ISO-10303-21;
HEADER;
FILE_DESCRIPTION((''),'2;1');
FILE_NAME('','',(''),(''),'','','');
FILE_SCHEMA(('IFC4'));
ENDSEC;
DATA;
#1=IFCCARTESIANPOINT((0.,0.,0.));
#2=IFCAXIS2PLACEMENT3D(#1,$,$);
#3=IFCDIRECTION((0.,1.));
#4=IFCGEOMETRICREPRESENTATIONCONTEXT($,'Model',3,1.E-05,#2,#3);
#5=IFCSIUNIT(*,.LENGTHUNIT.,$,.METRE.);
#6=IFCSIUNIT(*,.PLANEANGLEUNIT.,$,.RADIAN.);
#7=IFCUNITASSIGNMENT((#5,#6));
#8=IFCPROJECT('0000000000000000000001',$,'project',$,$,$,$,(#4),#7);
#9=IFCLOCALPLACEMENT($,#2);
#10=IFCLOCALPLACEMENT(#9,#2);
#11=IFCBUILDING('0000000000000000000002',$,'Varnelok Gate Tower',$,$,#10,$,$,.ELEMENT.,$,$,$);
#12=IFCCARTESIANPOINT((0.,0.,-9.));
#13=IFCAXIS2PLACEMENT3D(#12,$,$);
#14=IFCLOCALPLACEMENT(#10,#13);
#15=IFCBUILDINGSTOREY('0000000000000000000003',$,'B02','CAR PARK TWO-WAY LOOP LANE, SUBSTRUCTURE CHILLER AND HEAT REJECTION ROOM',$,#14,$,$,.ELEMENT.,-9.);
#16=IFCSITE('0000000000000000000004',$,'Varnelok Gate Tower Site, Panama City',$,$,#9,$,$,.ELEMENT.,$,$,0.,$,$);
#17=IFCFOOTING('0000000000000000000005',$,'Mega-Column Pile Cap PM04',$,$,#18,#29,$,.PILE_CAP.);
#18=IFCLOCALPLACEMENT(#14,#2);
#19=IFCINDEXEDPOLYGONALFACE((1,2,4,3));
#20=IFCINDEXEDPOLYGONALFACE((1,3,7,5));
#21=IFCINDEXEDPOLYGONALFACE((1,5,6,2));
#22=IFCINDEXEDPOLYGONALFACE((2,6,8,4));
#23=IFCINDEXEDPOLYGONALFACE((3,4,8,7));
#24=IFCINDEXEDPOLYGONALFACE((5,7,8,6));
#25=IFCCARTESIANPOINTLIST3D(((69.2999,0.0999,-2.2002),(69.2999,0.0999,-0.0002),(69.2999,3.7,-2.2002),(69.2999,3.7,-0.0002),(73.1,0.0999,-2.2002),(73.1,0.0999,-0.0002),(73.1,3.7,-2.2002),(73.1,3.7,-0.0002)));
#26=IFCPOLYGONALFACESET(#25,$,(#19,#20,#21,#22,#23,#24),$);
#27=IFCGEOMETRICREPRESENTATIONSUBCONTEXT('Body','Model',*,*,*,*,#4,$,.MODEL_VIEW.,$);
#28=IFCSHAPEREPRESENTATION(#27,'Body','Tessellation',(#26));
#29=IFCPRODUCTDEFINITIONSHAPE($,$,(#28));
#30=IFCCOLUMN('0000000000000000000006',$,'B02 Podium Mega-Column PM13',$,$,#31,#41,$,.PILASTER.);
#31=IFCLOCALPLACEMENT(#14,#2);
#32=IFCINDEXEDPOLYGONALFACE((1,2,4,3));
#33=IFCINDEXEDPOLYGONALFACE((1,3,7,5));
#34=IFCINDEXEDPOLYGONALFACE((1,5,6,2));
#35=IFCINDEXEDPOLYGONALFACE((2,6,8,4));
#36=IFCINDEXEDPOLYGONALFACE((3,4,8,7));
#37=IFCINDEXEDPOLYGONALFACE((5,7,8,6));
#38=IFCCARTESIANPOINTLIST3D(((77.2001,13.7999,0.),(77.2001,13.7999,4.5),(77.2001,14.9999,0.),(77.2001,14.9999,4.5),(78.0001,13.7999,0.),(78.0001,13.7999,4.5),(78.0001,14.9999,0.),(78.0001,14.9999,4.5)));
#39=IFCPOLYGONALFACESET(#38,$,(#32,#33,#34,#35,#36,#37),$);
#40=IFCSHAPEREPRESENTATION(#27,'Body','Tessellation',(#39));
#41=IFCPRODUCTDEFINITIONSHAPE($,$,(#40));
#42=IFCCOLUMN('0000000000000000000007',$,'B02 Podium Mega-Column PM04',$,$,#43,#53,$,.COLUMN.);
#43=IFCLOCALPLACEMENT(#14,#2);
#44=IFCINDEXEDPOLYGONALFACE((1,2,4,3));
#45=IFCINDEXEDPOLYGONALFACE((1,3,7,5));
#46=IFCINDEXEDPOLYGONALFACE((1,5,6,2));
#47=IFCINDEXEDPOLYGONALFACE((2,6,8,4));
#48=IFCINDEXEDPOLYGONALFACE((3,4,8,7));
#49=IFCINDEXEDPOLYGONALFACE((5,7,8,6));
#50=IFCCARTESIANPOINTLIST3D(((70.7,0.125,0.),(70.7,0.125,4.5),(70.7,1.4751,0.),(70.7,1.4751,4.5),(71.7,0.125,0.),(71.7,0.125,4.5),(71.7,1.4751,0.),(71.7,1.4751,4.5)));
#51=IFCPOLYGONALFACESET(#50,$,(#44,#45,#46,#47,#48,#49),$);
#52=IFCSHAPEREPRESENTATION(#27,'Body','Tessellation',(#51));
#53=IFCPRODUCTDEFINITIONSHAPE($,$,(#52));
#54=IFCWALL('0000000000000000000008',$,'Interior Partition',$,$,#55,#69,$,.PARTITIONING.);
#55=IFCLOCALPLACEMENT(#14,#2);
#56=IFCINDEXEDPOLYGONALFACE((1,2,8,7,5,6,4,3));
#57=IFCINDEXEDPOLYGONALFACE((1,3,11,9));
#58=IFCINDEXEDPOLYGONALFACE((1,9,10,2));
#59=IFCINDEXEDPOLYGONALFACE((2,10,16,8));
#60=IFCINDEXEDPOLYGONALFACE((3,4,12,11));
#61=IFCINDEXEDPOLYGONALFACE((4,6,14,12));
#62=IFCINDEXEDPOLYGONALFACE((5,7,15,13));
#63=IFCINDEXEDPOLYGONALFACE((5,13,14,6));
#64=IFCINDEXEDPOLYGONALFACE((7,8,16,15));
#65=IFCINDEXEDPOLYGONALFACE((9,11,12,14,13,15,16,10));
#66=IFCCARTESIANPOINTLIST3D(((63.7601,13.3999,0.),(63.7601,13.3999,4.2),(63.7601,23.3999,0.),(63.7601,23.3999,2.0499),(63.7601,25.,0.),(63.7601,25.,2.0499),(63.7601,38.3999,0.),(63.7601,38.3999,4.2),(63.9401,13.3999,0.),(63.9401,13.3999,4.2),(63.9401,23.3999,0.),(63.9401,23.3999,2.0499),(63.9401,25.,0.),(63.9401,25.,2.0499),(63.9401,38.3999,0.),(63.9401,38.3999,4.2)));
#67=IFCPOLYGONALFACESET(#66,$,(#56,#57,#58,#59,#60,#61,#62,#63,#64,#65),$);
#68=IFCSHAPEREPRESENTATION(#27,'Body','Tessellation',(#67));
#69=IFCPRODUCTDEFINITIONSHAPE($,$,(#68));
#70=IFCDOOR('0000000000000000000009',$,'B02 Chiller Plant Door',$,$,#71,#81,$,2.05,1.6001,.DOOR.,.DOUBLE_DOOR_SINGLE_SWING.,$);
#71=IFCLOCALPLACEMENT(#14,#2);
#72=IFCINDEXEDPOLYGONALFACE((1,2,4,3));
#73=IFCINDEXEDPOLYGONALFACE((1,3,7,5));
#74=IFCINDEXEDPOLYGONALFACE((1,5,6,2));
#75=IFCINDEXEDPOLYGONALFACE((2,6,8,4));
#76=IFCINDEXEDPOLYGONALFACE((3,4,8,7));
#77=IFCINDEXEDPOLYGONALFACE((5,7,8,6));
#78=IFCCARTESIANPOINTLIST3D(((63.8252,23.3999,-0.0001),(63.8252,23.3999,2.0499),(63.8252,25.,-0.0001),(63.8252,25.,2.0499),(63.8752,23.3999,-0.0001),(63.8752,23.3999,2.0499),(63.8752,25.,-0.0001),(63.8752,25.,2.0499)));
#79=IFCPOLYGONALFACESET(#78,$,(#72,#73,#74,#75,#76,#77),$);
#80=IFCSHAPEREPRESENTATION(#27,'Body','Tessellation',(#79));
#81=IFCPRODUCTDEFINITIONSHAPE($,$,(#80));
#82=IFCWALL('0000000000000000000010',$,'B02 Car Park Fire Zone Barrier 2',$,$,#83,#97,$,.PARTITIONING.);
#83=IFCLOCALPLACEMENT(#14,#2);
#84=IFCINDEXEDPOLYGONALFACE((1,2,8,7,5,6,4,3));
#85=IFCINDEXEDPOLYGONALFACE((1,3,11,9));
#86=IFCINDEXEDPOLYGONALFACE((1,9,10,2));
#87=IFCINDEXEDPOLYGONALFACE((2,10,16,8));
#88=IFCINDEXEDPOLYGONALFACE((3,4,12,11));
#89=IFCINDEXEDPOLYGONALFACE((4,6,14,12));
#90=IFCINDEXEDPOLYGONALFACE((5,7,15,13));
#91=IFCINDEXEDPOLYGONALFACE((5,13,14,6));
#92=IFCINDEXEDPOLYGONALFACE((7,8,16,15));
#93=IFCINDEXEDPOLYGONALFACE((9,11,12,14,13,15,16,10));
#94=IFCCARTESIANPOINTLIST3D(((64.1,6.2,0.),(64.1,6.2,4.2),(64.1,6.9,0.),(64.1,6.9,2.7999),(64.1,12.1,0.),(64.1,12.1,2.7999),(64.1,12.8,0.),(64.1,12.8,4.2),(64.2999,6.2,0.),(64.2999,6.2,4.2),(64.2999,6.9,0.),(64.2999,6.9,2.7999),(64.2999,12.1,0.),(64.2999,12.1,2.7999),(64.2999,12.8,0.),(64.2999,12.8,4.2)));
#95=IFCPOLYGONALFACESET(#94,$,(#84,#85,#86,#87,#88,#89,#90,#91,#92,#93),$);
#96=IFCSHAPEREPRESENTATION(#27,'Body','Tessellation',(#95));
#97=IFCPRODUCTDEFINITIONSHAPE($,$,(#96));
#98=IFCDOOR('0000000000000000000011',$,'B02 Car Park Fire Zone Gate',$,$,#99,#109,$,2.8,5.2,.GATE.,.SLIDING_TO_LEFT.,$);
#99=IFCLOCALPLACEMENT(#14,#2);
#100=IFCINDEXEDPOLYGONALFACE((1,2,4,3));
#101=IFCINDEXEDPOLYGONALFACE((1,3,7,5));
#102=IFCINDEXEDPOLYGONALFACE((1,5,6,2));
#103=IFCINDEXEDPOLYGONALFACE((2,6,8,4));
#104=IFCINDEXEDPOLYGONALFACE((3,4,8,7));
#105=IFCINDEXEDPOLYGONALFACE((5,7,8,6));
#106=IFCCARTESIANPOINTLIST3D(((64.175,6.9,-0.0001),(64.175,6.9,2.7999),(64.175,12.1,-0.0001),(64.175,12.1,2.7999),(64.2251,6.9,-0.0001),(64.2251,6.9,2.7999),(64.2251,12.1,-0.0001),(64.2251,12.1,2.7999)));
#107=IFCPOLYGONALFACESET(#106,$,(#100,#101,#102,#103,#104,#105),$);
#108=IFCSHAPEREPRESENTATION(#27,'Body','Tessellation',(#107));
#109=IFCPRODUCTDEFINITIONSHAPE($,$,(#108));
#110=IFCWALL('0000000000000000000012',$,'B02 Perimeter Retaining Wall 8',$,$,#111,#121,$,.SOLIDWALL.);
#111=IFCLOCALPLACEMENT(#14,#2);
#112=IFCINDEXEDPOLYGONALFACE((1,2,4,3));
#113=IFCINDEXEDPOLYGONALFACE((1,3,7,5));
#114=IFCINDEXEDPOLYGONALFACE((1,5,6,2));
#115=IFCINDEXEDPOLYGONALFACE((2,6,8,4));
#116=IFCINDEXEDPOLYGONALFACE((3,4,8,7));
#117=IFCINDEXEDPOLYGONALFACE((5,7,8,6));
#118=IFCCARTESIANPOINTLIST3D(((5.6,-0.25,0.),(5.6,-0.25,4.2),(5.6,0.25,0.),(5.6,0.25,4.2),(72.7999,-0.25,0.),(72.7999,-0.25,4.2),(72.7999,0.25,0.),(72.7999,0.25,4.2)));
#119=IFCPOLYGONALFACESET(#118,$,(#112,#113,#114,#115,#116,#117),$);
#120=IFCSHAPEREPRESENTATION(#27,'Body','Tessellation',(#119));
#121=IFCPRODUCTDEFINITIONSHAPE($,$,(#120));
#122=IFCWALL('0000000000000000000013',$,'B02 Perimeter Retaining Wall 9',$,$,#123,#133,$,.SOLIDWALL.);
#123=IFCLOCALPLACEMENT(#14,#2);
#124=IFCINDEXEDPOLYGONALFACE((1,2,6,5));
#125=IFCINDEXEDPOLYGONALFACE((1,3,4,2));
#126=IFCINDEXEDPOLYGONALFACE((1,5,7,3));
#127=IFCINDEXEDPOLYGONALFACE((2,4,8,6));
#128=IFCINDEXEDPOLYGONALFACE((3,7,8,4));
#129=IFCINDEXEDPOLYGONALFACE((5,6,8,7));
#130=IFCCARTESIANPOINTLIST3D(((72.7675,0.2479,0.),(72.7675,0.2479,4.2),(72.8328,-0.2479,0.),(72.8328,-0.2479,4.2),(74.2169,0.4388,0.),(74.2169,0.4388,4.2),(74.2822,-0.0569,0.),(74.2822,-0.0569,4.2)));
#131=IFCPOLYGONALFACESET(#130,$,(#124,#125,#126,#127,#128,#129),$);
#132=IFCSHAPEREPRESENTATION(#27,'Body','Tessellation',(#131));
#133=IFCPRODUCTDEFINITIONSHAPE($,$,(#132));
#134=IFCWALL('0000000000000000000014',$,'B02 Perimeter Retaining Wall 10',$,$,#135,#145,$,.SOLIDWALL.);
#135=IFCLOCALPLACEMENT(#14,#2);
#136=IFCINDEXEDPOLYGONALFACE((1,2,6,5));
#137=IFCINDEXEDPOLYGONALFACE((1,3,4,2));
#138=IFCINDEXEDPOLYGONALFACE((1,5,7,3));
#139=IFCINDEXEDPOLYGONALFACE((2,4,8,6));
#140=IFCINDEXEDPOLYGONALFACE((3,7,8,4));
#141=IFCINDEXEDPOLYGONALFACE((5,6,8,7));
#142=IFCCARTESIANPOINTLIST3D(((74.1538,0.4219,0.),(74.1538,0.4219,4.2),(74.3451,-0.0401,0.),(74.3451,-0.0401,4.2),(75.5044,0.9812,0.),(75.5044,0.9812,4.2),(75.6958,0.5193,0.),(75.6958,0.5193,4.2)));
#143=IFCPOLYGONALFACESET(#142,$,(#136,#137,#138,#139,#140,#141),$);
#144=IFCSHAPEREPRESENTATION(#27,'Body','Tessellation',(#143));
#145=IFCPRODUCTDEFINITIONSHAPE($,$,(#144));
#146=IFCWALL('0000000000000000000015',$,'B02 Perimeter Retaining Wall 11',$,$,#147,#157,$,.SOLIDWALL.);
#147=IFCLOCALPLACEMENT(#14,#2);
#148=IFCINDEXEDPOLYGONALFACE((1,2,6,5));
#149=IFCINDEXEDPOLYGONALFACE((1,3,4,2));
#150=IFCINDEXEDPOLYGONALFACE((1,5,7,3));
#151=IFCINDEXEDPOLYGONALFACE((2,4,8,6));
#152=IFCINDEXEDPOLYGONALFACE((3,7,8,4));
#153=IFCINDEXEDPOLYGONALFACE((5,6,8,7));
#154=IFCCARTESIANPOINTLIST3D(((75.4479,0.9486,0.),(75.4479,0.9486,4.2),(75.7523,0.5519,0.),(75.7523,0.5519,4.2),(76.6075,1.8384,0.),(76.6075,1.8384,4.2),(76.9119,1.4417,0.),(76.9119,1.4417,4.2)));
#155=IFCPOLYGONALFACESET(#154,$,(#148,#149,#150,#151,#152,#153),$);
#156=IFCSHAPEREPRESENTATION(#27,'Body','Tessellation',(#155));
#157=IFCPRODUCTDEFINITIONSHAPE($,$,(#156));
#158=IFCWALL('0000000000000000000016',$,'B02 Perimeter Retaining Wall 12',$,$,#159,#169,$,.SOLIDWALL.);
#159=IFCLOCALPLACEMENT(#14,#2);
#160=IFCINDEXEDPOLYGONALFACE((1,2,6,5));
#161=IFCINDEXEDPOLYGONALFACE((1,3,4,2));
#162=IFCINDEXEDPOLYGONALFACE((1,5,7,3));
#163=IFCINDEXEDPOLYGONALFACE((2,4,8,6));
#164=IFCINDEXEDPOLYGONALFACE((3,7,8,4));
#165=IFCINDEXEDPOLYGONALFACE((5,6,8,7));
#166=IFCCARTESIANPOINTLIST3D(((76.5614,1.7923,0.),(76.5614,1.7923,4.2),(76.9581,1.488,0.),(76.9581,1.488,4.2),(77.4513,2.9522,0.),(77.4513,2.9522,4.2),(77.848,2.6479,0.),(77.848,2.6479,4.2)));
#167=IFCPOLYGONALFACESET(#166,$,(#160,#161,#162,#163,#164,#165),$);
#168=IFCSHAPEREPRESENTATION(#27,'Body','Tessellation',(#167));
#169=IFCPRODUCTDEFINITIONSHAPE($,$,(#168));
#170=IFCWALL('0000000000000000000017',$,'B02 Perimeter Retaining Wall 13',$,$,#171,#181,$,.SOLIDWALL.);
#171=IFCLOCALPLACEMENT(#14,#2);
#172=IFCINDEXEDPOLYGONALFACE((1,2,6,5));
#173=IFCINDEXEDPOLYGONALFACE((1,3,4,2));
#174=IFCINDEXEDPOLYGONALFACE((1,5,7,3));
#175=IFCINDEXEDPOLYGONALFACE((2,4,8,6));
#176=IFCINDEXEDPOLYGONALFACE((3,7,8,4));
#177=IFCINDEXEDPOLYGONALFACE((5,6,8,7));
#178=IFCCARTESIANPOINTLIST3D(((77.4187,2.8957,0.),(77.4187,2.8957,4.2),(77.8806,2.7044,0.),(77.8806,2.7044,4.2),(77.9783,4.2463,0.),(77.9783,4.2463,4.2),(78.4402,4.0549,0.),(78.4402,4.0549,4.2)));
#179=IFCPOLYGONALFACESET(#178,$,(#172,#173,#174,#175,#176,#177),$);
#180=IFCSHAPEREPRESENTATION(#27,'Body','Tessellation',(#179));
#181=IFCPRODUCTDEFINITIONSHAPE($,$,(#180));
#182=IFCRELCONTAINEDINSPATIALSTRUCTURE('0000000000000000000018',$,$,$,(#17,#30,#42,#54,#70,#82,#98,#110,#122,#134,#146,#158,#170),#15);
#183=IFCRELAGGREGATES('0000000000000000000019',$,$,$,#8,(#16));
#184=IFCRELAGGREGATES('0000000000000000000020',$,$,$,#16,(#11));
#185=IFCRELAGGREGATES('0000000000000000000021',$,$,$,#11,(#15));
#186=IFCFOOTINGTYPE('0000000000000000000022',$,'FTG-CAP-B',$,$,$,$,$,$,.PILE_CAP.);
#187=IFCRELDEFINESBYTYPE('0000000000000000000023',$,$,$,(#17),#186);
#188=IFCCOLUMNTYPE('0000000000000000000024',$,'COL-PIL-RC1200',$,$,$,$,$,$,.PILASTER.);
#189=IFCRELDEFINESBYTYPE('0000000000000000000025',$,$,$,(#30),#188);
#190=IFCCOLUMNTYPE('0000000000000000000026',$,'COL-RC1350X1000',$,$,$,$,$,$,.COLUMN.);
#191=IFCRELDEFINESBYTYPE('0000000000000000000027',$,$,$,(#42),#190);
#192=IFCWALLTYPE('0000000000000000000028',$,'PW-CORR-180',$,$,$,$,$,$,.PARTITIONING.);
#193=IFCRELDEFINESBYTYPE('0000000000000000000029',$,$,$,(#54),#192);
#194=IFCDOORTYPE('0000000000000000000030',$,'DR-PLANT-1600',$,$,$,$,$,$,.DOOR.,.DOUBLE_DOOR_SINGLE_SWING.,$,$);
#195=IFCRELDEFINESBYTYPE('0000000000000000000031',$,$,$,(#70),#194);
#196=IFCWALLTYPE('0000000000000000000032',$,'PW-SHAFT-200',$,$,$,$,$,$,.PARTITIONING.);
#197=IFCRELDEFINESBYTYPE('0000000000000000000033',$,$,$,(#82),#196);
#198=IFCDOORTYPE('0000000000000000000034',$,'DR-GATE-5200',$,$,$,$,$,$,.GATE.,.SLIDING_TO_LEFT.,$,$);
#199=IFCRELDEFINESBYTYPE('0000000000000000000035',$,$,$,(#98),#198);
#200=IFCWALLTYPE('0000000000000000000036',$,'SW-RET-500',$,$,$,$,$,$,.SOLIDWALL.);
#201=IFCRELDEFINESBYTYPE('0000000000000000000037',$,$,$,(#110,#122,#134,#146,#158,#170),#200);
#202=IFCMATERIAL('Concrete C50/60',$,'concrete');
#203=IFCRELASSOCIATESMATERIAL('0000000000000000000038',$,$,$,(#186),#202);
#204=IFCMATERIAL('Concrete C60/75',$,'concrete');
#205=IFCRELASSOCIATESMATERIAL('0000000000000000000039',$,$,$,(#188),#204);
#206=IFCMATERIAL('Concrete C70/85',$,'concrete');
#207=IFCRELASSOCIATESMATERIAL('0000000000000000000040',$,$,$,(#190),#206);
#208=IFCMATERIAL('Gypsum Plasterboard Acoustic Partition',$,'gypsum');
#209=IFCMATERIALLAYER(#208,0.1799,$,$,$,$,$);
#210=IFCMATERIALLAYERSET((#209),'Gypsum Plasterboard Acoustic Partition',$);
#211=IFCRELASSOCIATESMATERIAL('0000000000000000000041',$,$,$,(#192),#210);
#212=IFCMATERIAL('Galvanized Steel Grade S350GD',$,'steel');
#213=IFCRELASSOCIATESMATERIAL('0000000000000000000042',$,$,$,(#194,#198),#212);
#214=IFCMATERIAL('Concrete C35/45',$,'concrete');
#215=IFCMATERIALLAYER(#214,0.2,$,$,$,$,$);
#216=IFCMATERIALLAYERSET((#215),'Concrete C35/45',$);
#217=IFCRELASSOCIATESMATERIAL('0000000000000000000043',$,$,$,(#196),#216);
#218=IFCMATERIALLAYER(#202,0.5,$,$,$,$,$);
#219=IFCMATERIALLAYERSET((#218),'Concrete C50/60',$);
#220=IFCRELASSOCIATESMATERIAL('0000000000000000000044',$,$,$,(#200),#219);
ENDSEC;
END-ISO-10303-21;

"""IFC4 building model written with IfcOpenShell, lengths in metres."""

from ifc_helpers import new_model, si_unit, direction, frame, frame_2d, origin, origin_2d, place, context, subcontext, project, spatial, rectangle, extrude, source, transform, mapped, material, layer, layer_set, material_profile, profile_set, type_object, element, fill, save


model = new_model("IFC4")

# Units and contexts
model_context = context("Model", 3, precision=1e-05, world=origin(), true_north=direction((0.0, 1.0)))
body_context = subcontext(model_context, "Body", "Model", "MODEL_VIEW")
ifc_project = project(units=[si_unit("LENGTHUNIT", "METRE"), si_unit("PLANEANGLEUNIT", "RADIAN")], contexts=[model_context])

# Site, building, storey
site_placement = place(None, origin())
site = spatial("IfcSite", under=ifc_project, at=site_placement, Name="Varnelok Gate Tower Site, Panama City", CompositionType="ELEMENT", RefElevation=0.0)
building_placement = place(site_placement, origin())
building = spatial("IfcBuilding", under=site, at=building_placement, Name="Varnelok Gate Tower", CompositionType="ELEMENT")
storey_placement = place(building_placement, frame((0.0, 0.0, -9.0)))
storey = spatial("IfcBuildingStorey", under=building, at=storey_placement, Name="B02", Description="CAR PARK TWO-WAY LOOP LANE, SUBSTRUCTURE CHILLER AND HEAT REJECTION ROOM", CompositionType="ELEMENT", Elevation=-9.0)

# Shared definitions
ifc_material_1 = material(Name="Concrete C50/60", Category="concrete")

# Footing
footing_type_1 = type_object("IfcFootingType", Name="FTG-CAP-B", PredefinedType="PILE_CAP", material=ifc_material_1)
shared_shape_1 = source(origin(), body_context, "Body", "SweptSolid", [
    extrude(rectangle(XDim=3.8, YDim=3.6001, at=origin_2d()), origin(), (0.0, 0.0, 1.0), 2.2),
])
footing_1_placement = place(storey_placement, frame((71.2, 1.8999, -2.2002), z_axis=(0.0, 0.0, 1.0), x_axis=(1.0, 0.0, 0.0)))
element("IfcFooting", 1, at=footing_1_placement, inside=storey, type_object=footing_type_1, Name="Mega-Column Pile Cap PM04", PredefinedType="PILE_CAP", context=body_context, shape_type="MappedRepresentation", body=[
    mapped(shared_shape_1, transform((0.0, 0.0, 0.0), scale=1.0)),
])

# Columns
ifc_material_2 = material(Name="Concrete C60/75", Category="concrete")
ifc_material_profile_1 = material_profile(ifc_material_2, rectangle(XDim=0.8, YDim=1.2, at=origin_2d()), Name="RC1200X800")
ifc_profile_set_1 = profile_set([ifc_material_profile_1], Name="Concrete C60/75")
column_type_1 = type_object("IfcColumnType", Name="COL-PIL-RC1200", PredefinedType="PILASTER", material=ifc_profile_set_1)
column_1_placement = place(storey_placement, frame((77.6001, 14.3999, 0.0), z_axis=(0.0, 0.0, 1.0), x_axis=(1.0, 0.0, 0.0)))
element("IfcColumn", 2, at=column_1_placement, inside=storey, type_object=column_type_1, Name="B02 Podium Mega-Column PM13", PredefinedType="PILASTER", context=body_context, shape_type="SweptSolid", body=[
    extrude(rectangle(XDim=0.8, YDim=1.2, at=origin_2d()), origin(), (0.0, 0.0, 1.0), 4.5),
])
ifc_material_3 = material(Name="Concrete C70/85", Category="concrete")
ifc_material_profile_2 = material_profile(ifc_material_3, rectangle(XDim=1.0, YDim=1.3501, at=origin_2d()), Name="RC1350X1000")
ifc_profile_set_2 = profile_set([ifc_material_profile_2], Name="Concrete C70/85")
column_type_2 = type_object("IfcColumnType", Name="COL-RC1350X1000", PredefinedType="COLUMN", material=ifc_profile_set_2)
column_2_placement = place(storey_placement, frame((71.2, 0.8, 0.0), z_axis=(0.0, 0.0, 1.0), x_axis=(1.0, 0.0, 0.0)))
element("IfcColumn", 3, at=column_2_placement, inside=storey, type_object=column_type_2, Name="B02 Podium Mega-Column PM04", PredefinedType="COLUMN", context=body_context, shape_type="SweptSolid", body=[
    extrude(rectangle(XDim=1.0, YDim=1.3501, at=origin_2d()), origin(), (0.0, 0.0, 1.0), 4.5),
])

# Walls, openings, doors
ifc_material_4 = material(Name="Gypsum Plasterboard Acoustic Partition", Category="gypsum")
ifc_layer_1 = layer(ifc_material_4, 0.1799)
ifc_layer_set_1 = layer_set([ifc_layer_1], Name="Gypsum Plasterboard Acoustic Partition")
wall_type_1 = type_object("IfcWallType", Name="PW-CORR-180", PredefinedType="PARTITIONING", material=ifc_layer_set_1)
wall_1_placement = place(storey_placement, frame((63.8501, 13.3999, 0.0), z_axis=(0.0, 0.0, 1.0), x_axis=(0.0, 1.0, 0.0)))
wall_1 = element("IfcWall", 4, at=wall_1_placement, inside=storey, type_object=wall_type_1, Name="Interior Partition", PredefinedType="PARTITIONING", context=body_context, shape_type="SweptSolid", body=[
    extrude(rectangle(XDim=25.0, YDim=0.1799, at=frame_2d((12.5, 0.0))), origin(), (0.0, 0.0, 1.0), 4.2),
])
opening_1_placement = place(wall_1_placement, frame((10.0, 0.0, 0.0)))
opening_1 = element("IfcOpeningElement", 5, at=opening_1_placement, cuts=wall_1, PredefinedType="OPENING", context=body_context, shape_type="SweptSolid", body=[
    extrude(rectangle(XDim=1.6001, YDim=2.05, at=frame_2d((0.8, 1.0249))), frame((0.0, 0.0999, 0.0), z_axis=(0.0, -1.0, 0.0), x_axis=(1.0, 0.0, 0.0)), (0.0, 0.0, 1.0), 0.2),
])
ifc_material_5 = material(Name="Galvanized Steel Grade S350GD", Category="steel")
door_type_1 = type_object("IfcDoorType", Name="DR-PLANT-1600", OperationType="DOUBLE_DOOR_SINGLE_SWING", PredefinedType="DOOR", material=ifc_material_5)
door_1_placement = place(opening_1_placement, origin())
door_1 = element("IfcDoor", 6, at=door_1_placement, inside=storey, type_object=door_type_1, Name="B02 Chiller Plant Door", OperationType="DOUBLE_DOOR_SINGLE_SWING", OverallHeight=2.05, OverallWidth=1.6001, PredefinedType="DOOR", context=body_context, shape_type="SweptSolid", body=[
    extrude(rectangle(XDim=1.6001, YDim=2.05, at=frame_2d((0.8, 1.0249))), frame((0.0, 0.0249, 0.0), z_axis=(0.0, -1.0, 0.0), x_axis=(1.0, 0.0, 0.0)), (0.0, 0.0, 1.0), 0.05),
])
fill(opening_1, door_1)
ifc_material_6 = material(Name="Concrete C35/45", Category="concrete")
ifc_layer_2 = layer(ifc_material_6, 0.2)
ifc_layer_set_2 = layer_set([ifc_layer_2], Name="Concrete C35/45")
wall_type_2 = type_object("IfcWallType", Name="PW-SHAFT-200", PredefinedType="PARTITIONING", material=ifc_layer_set_2)
wall_2_placement = place(storey_placement, frame((64.2, 6.2, 0.0), z_axis=(0.0, 0.0, 1.0), x_axis=(0.0, 1.0, 0.0)))
wall_2 = element("IfcWall", 7, at=wall_2_placement, inside=storey, type_object=wall_type_2, Name="B02 Car Park Fire Zone Barrier 2", PredefinedType="PARTITIONING", context=body_context, shape_type="SweptSolid", body=[
    extrude(rectangle(XDim=6.6001, YDim=0.2, at=frame_2d((3.3, 0.0))), origin(), (0.0, 0.0, 1.0), 4.2),
])
opening_2_placement = place(wall_2_placement, frame((0.7, 0.0, 0.0)))
opening_2 = element("IfcOpeningElement", 8, at=opening_2_placement, cuts=wall_2, PredefinedType="OPENING", context=body_context, shape_type="SweptSolid", body=[
    extrude(rectangle(XDim=5.2, YDim=2.8, at=frame_2d((2.6001, 1.3999))), frame((0.0, 0.1099, 0.0), z_axis=(0.0, -1.0, 0.0), x_axis=(1.0, 0.0, 0.0)), (0.0, 0.0, 1.0), 0.22),
])
door_type_2 = type_object("IfcDoorType", Name="DR-GATE-5200", OperationType="SLIDING_TO_LEFT", PredefinedType="GATE", material=ifc_material_5)
door_2_placement = place(opening_2_placement, origin())
door_2 = element("IfcDoor", 9, at=door_2_placement, inside=storey, type_object=door_type_2, Name="B02 Car Park Fire Zone Gate", OperationType="SLIDING_TO_LEFT", OverallHeight=2.8, OverallWidth=5.2, PredefinedType="GATE", context=body_context, shape_type="SweptSolid", body=[
    extrude(rectangle(XDim=5.2, YDim=2.8, at=frame_2d((2.6001, 1.3999))), frame((0.0, 0.0249, 0.0), z_axis=(0.0, -1.0, 0.0), x_axis=(1.0, 0.0, 0.0)), (0.0, 0.0, 1.0), 0.05),
])
fill(opening_2, door_2)

# Walls
ifc_layer_3 = layer(ifc_material_1, 0.5)
ifc_layer_set_3 = layer_set([ifc_layer_3], Name="Concrete C50/60")
wall_type_3 = type_object("IfcWallType", Name="SW-RET-500", PredefinedType="SOLIDWALL", material=ifc_layer_set_3)
wall_3_placement = place(storey_placement, frame((72.8, 0.0, 0.0), z_axis=(0.0, 0.0, 1.0), x_axis=(-1.0, 0.0, 0.0)))
element("IfcWall", 10, at=wall_3_placement, inside=storey, type_object=wall_type_3, Name="B02 Perimeter Retaining Wall 8", PredefinedType="SOLIDWALL", context=body_context, shape_type="SweptSolid", body=[
    extrude(rectangle(XDim=67.2, YDim=0.5, at=frame_2d((33.6001, 0.0))), origin(), (0.0, 0.0, 1.0), 4.2),
])
for number, where, z_axis, x_axis, name in (
    (11, (74.2495, 0.1909, 0.0), (0.0, 0.0, 1.0), (-0.991437, -0.130588, 0.0), "B02 Perimeter Retaining Wall 9"),
    (12, (75.6001, 0.7502, 0.0), (0.0, 0.0, 1.0), (-0.923905, -0.382622, 0.0), "B02 Perimeter Retaining Wall 10"),
):
    element("IfcWall", number, at=place(storey_placement, frame(where, z_axis=z_axis, x_axis=x_axis)), inside=storey, type_object=wall_type_3, Name=name, PredefinedType="SOLIDWALL", context=body_context, shape_type="SweptSolid", body=[
        extrude(rectangle(XDim=1.4619, YDim=0.5, at=frame_2d((0.731, 0.0))), origin(), (0.0, 0.0, 1.0), 4.2),
    ])
wall_4_placement = place(storey_placement, frame((76.7598, 1.6401, 0.0), z_axis=(0.0, 0.0, 1.0), x_axis=(-0.793337, -0.608782, 0.0)))
element("IfcWall", 13, at=wall_4_placement, inside=storey, type_object=wall_type_3, Name="B02 Perimeter Retaining Wall 11", PredefinedType="SOLIDWALL", context=body_context, shape_type="SweptSolid", body=[
    extrude(rectangle(XDim=1.4617, YDim=0.5, at=frame_2d((0.731, 0.0))), origin(), (0.0, 0.0, 1.0), 4.2),
])
for number, where, z_axis, x_axis, name in (
    (14, (77.6497, 2.8, 0.0), (0.0, 0.0, 1.0), (-0.608701, -0.793399, 0.0), "B02 Perimeter Retaining Wall 12"),
    (15, (78.2092, 4.1506, 0.0), (0.0, 0.0, 1.0), (-0.382765, -0.923846, 0.0), "B02 Perimeter Retaining Wall 13"),
):
    element("IfcWall", number, at=place(storey_placement, frame(where, z_axis=z_axis, x_axis=x_axis)), inside=storey, type_object=wall_type_3, Name=name, PredefinedType="SOLIDWALL", context=body_context, shape_type="SweptSolid", body=[
        extrude(rectangle(XDim=1.4619, YDim=0.5, at=frame_2d((0.731, 0.0))), origin(), (0.0, 0.0, 1.0), 4.2),
    ])

save(model, "model.ifc")
